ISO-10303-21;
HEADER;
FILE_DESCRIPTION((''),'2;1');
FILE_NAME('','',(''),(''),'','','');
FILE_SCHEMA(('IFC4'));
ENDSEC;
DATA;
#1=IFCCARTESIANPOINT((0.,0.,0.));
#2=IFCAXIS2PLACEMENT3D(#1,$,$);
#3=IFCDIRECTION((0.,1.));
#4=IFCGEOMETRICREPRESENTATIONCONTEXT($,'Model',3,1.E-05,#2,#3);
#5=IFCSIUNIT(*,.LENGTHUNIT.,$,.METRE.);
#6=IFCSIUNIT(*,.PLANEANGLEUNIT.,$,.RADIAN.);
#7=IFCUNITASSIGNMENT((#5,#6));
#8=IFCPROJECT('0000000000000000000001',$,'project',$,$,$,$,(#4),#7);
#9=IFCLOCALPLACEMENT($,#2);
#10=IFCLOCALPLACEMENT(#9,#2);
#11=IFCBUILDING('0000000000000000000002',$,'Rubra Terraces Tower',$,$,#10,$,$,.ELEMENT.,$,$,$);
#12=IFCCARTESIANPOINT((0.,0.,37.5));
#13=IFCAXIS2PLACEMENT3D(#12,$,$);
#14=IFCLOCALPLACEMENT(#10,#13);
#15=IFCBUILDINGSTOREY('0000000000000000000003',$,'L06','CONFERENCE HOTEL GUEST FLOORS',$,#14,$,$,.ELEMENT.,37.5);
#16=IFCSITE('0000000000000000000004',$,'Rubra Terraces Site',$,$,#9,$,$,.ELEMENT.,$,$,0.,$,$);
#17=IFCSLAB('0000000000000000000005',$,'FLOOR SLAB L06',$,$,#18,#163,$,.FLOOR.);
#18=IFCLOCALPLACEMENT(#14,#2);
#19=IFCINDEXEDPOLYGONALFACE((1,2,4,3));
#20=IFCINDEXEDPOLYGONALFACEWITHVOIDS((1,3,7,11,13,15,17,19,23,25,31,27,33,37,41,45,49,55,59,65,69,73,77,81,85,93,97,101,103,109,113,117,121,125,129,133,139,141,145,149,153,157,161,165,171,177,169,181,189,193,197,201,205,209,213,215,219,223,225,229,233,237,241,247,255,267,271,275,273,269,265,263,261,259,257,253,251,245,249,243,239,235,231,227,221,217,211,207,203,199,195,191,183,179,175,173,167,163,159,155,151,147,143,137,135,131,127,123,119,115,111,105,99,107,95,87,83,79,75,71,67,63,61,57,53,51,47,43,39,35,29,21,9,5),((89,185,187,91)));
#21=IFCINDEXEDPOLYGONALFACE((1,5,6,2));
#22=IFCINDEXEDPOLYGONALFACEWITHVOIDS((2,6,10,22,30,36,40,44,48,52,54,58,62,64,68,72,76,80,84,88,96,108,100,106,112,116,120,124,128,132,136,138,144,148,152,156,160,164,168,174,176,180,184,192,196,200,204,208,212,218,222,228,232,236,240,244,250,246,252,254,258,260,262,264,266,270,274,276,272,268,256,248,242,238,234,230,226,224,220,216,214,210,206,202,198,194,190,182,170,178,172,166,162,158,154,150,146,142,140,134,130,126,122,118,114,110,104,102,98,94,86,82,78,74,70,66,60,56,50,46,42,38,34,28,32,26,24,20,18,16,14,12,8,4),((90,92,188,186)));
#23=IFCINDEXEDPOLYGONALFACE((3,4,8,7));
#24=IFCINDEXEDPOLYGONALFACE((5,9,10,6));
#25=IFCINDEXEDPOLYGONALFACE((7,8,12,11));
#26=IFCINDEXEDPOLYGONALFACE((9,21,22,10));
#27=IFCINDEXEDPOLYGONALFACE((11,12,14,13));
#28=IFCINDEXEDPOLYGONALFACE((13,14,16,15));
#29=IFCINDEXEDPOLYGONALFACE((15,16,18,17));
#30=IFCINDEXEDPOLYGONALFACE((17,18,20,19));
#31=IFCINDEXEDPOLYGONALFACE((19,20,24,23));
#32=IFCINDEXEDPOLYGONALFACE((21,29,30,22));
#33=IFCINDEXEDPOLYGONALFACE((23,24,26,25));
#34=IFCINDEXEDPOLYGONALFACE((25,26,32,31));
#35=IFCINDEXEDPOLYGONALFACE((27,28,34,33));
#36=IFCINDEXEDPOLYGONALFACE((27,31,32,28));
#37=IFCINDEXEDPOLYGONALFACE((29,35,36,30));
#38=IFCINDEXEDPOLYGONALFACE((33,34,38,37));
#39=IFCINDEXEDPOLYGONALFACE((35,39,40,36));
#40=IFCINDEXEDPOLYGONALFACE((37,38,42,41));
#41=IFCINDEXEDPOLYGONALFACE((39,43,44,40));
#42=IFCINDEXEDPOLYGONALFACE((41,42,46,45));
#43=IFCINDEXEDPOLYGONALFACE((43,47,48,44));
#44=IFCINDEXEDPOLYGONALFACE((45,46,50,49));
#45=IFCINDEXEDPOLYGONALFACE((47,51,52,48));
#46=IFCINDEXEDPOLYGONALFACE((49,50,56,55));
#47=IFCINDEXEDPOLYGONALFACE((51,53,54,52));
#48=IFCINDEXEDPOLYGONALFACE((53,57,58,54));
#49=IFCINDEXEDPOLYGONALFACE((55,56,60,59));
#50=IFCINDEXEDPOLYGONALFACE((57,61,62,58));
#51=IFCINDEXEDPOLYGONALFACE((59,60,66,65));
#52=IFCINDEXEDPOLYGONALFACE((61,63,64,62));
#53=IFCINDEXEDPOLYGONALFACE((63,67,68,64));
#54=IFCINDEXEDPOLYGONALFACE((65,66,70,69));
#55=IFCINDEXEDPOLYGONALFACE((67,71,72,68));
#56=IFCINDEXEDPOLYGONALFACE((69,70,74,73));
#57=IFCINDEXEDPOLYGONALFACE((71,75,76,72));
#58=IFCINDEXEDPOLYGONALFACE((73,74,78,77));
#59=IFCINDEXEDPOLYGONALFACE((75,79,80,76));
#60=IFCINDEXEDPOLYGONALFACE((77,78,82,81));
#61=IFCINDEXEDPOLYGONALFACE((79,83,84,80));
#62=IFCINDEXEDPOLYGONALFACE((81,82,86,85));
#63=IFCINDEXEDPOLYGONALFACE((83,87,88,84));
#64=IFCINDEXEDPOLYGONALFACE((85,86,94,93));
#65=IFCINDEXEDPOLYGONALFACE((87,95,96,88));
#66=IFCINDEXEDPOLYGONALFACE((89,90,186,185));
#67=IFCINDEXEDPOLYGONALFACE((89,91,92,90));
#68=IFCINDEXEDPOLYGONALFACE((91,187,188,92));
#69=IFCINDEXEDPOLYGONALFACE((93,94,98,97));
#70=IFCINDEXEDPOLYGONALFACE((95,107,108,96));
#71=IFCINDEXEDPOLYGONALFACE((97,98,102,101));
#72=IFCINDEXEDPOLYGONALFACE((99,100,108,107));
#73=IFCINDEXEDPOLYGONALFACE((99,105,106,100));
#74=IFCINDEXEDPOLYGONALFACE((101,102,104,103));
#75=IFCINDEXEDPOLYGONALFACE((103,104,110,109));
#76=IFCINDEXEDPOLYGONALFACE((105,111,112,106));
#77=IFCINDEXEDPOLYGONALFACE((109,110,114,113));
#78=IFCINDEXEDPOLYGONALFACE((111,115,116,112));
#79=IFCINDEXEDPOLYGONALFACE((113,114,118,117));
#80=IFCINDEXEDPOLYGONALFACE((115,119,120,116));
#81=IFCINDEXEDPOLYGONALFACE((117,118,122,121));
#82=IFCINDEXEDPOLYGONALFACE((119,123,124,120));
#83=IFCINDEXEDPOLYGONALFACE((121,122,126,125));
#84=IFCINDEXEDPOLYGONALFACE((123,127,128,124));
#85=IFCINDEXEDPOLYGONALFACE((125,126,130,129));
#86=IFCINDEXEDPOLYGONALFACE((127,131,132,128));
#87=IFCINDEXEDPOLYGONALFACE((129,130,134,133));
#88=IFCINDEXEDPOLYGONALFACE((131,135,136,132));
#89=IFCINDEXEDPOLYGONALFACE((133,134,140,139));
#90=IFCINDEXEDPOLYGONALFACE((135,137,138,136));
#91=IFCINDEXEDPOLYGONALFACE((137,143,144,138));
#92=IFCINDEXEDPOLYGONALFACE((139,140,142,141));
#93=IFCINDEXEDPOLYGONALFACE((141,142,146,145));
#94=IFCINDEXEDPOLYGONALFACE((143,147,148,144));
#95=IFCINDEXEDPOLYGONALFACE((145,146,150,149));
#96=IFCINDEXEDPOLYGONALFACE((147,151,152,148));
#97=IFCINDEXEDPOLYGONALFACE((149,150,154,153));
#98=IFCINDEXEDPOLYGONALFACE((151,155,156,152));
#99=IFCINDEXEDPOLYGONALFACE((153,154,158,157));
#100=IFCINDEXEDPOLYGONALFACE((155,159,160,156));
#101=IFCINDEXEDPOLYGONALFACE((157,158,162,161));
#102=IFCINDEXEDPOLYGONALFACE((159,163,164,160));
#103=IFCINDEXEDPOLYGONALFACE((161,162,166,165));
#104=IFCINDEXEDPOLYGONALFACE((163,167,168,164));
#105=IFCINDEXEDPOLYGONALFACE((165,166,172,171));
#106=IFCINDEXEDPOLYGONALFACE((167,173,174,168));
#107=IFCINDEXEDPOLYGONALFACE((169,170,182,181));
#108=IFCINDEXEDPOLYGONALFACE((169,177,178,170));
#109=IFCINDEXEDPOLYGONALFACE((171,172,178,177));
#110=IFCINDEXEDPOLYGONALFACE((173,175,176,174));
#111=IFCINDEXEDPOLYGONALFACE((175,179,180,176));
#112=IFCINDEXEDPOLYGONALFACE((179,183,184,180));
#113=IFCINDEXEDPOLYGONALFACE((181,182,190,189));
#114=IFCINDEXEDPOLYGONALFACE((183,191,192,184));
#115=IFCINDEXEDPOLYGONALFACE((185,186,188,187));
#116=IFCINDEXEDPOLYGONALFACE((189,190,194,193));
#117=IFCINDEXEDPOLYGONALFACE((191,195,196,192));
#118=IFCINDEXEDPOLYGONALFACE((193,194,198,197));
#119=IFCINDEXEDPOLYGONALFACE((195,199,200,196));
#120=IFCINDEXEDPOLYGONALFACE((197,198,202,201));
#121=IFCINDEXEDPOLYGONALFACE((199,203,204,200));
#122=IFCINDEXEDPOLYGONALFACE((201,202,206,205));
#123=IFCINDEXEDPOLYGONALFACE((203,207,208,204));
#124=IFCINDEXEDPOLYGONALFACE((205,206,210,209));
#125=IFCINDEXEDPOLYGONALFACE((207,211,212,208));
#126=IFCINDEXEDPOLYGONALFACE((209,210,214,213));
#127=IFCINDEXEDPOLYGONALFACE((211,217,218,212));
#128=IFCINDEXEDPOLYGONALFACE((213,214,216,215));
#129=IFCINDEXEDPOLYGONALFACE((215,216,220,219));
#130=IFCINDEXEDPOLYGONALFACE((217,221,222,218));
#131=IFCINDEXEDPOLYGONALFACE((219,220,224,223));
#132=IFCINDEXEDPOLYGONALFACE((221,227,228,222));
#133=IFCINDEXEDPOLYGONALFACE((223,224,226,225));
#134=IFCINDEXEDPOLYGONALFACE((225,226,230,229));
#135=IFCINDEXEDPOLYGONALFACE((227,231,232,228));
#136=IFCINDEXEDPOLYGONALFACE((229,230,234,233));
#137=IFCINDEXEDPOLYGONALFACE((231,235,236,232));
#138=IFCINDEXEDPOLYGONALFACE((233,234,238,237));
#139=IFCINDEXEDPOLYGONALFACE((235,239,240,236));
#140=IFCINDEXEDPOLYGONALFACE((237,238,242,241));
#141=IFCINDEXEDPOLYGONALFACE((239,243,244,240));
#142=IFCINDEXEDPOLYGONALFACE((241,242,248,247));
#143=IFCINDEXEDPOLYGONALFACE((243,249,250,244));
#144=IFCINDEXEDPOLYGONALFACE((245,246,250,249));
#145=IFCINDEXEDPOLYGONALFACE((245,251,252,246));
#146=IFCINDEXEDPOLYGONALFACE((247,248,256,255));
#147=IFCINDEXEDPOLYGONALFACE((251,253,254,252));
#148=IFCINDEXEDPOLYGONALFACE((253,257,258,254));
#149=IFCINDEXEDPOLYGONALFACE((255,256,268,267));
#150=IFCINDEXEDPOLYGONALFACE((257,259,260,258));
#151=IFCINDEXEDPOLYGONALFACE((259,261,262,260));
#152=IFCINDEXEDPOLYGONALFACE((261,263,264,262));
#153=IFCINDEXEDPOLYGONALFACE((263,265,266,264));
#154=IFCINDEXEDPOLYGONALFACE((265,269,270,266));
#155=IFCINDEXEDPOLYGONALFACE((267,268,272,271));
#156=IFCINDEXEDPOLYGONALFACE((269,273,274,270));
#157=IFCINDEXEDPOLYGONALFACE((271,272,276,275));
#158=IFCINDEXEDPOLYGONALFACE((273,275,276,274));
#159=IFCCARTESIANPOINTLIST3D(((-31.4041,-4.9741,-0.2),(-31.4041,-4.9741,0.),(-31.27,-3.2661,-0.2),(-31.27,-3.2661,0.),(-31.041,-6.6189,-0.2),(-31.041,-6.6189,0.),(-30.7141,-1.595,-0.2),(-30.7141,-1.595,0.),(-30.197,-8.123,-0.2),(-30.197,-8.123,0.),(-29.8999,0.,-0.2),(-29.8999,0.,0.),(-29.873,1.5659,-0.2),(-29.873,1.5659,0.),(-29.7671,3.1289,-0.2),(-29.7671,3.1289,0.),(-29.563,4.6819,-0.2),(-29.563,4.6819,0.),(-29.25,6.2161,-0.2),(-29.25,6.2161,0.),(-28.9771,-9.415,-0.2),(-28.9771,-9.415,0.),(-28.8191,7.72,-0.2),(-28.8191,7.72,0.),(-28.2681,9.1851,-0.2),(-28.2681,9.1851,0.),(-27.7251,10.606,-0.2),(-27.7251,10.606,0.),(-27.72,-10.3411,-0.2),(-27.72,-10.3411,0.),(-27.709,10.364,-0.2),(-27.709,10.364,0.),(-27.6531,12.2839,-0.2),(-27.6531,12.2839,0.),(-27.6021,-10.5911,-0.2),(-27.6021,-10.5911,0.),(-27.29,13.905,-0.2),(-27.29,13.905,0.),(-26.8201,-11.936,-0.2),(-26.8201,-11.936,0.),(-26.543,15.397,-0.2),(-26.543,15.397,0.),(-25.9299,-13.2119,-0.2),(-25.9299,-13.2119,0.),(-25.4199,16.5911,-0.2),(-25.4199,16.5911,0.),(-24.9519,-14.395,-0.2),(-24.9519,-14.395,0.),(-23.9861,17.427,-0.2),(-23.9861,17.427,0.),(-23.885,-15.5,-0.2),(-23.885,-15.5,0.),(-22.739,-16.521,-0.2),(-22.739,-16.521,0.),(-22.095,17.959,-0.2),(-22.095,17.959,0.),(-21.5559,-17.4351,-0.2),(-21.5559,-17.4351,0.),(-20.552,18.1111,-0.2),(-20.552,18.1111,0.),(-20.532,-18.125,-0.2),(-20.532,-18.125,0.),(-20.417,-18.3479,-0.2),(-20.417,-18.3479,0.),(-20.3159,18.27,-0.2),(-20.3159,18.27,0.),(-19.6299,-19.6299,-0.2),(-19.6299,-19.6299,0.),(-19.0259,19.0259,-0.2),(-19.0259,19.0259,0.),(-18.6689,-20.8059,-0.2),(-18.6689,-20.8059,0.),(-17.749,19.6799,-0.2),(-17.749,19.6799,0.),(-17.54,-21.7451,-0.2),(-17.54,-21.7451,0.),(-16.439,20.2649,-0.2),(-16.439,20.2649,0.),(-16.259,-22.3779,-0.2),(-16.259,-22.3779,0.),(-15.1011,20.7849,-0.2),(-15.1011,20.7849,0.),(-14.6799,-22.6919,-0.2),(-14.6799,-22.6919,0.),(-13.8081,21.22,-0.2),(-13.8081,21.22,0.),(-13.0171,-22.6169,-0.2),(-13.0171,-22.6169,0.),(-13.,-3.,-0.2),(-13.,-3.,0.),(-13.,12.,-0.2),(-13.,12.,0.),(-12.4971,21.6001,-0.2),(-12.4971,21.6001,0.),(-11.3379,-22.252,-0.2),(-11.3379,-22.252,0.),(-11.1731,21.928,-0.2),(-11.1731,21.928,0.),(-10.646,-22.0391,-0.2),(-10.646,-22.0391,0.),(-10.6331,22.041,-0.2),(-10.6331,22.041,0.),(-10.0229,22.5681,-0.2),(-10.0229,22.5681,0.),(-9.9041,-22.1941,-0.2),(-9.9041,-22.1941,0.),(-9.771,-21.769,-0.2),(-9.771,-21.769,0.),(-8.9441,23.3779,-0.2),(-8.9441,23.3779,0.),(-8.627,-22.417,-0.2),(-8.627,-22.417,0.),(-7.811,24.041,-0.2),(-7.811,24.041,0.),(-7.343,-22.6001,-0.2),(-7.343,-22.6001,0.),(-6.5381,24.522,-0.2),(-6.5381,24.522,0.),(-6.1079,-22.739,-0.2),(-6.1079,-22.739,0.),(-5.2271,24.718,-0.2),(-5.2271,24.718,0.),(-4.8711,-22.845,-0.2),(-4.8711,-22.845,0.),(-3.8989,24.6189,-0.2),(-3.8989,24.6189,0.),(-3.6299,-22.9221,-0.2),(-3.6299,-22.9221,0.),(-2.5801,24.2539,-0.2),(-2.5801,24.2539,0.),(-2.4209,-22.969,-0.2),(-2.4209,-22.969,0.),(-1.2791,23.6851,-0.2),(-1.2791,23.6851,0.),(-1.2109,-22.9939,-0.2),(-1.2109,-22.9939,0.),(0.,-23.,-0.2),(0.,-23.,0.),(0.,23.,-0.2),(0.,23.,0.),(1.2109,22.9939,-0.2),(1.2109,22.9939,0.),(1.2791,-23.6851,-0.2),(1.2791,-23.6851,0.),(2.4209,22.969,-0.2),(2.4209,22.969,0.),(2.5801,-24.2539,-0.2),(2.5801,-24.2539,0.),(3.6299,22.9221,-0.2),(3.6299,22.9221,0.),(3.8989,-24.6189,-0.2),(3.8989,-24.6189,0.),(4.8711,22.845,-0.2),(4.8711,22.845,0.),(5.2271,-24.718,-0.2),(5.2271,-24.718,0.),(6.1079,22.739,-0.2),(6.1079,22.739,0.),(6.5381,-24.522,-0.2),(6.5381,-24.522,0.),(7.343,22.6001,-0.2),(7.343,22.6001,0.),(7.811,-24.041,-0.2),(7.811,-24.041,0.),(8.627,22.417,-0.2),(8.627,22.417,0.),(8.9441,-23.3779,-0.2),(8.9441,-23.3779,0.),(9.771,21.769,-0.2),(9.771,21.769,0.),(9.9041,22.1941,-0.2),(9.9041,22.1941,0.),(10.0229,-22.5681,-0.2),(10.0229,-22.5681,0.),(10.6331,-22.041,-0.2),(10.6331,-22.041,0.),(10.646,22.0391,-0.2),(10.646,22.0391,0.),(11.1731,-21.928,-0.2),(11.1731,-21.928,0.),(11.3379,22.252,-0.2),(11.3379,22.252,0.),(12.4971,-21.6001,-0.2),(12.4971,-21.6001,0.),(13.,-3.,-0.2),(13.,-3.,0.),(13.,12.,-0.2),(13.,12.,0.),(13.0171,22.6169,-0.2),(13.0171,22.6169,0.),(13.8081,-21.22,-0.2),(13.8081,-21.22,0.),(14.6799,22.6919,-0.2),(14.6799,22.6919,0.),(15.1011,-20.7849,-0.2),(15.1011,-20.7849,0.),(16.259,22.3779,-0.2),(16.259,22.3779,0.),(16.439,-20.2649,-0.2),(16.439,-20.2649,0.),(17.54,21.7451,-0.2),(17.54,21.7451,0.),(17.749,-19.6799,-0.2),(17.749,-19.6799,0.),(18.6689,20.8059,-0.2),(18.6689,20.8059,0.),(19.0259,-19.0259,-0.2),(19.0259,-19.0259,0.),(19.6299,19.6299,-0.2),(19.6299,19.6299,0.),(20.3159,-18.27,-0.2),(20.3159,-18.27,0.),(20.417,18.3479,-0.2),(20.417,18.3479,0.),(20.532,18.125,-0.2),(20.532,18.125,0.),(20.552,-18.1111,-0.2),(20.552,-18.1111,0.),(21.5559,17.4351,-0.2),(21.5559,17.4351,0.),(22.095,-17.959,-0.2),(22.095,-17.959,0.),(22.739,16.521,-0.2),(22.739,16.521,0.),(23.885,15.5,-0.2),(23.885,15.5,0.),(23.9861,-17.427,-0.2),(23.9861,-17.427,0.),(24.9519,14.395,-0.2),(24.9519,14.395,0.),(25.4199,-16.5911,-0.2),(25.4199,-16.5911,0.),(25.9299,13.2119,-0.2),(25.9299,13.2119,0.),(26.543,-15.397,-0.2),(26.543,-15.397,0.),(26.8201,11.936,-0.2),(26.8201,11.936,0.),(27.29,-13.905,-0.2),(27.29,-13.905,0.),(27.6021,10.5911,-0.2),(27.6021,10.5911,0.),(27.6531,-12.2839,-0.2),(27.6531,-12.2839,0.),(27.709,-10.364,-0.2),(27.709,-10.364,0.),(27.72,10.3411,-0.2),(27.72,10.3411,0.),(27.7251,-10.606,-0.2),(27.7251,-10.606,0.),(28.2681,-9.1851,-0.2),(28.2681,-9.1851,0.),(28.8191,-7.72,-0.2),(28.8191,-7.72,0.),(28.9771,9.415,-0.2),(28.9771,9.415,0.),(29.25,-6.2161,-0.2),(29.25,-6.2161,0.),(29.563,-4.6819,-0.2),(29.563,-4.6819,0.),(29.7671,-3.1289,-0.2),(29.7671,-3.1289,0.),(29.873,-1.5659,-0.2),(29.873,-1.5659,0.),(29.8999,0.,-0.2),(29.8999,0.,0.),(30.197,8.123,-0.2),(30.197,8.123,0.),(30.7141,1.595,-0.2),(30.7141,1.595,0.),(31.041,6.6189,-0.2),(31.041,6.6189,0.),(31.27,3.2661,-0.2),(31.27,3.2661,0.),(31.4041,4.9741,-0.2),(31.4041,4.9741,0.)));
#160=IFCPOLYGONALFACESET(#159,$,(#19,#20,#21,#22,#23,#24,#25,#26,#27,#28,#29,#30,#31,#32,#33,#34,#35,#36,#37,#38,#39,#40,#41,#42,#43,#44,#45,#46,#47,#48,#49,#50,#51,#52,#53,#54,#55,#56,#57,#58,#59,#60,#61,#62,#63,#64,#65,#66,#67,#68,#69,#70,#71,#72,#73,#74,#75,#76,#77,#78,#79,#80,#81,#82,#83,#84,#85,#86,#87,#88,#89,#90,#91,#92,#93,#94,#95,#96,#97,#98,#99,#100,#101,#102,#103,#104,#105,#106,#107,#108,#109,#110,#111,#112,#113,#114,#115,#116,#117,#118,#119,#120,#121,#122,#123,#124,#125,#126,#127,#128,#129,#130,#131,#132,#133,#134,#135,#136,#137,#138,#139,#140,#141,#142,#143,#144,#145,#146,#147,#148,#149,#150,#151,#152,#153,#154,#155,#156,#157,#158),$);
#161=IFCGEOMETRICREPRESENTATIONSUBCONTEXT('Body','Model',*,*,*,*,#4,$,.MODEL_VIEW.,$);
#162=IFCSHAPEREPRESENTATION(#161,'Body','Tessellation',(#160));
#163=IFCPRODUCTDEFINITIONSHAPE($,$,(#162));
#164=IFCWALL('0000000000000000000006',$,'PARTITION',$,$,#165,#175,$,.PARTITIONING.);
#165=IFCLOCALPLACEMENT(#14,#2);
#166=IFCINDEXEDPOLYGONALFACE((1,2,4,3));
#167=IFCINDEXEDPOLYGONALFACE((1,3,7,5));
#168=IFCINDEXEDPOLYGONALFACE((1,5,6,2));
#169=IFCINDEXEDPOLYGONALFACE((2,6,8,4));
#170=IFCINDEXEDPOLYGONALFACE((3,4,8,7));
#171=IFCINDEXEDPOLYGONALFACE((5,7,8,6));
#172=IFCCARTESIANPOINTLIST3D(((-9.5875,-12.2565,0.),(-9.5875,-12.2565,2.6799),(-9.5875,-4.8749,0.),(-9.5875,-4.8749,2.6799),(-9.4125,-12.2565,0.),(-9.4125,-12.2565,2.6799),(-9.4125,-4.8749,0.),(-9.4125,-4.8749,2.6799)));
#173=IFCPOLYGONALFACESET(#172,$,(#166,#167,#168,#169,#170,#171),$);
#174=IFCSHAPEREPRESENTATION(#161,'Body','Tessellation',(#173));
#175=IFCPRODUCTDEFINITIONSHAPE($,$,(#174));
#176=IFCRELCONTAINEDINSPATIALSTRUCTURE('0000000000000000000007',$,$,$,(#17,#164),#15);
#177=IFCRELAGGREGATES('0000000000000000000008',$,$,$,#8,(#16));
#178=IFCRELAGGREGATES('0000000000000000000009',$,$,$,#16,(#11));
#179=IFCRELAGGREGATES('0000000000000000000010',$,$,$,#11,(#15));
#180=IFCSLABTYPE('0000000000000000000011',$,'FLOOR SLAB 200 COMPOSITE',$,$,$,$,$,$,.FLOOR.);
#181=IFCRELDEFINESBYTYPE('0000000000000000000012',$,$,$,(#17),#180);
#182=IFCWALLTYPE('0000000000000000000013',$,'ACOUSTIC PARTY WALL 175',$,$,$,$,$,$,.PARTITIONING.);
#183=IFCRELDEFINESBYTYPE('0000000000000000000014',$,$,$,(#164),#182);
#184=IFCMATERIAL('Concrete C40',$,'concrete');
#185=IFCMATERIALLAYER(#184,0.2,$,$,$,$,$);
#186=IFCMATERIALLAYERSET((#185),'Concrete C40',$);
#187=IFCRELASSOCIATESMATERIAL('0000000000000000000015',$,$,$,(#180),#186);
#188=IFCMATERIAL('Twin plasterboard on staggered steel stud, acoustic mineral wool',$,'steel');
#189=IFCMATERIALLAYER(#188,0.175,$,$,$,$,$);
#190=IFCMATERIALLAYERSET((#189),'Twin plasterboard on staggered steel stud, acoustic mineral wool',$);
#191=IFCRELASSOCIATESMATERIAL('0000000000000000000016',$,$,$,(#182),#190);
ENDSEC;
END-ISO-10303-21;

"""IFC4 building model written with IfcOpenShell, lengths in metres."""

from ifc_helpers import new_model, si_unit, direction, frame, frame_2d, origin, place, context, subcontext, project, spatial, polyline, rectangle, outline, extrude, material, layer, layer_set, type_object, element, save


model = new_model("IFC4")

# Units and contexts
model_context = context("Model", 3, precision=1e-05, world=origin(), true_north=direction((0.0, 1.0)))
body_context = subcontext(model_context, "Body", "Model", "MODEL_VIEW")
ifc_project = project(units=[si_unit("LENGTHUNIT", "METRE"), si_unit("PLANEANGLEUNIT", "RADIAN")], contexts=[model_context])

# Site, building, storey
site_placement = place(None, origin())
site = spatial("IfcSite", under=ifc_project, at=site_placement, Name="Rubra Terraces Site", CompositionType="ELEMENT", RefElevation=0.0)
building_placement = place(site_placement, origin())
building = spatial("IfcBuilding", under=site, at=building_placement, Name="Rubra Terraces Tower", CompositionType="ELEMENT")
storey_placement = place(building_placement, frame((0.0, 0.0, 37.5)))
storey = spatial("IfcBuildingStorey", under=building, at=storey_placement, Name="L06", Description="CONFERENCE HOTEL GUEST FLOORS", CompositionType="ELEMENT", Elevation=37.5)

# Slab
ifc_material_1 = material(Name="Concrete C40", Category="concrete")
ifc_layer_1 = layer(ifc_material_1, 0.2)
ifc_layer_set_1 = layer_set([ifc_layer_1], Name="Concrete C40")
slab_type_1 = type_object("IfcSlabType", Name="FLOOR SLAB 200 COMPOSITE", PredefinedType="FLOOR", material=ifc_layer_set_1)
slab_1_placement = place(storey_placement, frame((0.0, 0.0, -0.2)))
element("IfcSlab", 1, at=slab_1_placement, inside=storey, type_object=slab_type_1, Name="FLOOR SLAB L06", PredefinedType="FLOOR", context=body_context, shape_type="SweptSolid", body=[
    extrude(outline(polyline([(20.3159, -18.27), (20.552, -18.1111), (22.095, -17.959), (23.9861, -17.427), (25.4199, -16.5911), (26.543, -15.397), (27.29, -13.905), (27.6531, -12.2839), (27.7251, -10.606), (27.709, -10.364), (28.2681, -9.1851), (28.8191, -7.72), (29.25, -6.2161), (29.563, -4.6819), (29.7671, -3.1289), (29.873, -1.5659), (29.8999, 0.0), (30.7141, 1.595), (31.27, 3.2661), (31.4041, 4.9741), (31.041, 6.6189), (30.197, 8.123), (28.9771, 9.415), (27.72, 10.3411), (27.6021, 10.5911), (26.8201, 11.936), (25.9299, 13.2119), (24.9519, 14.395), (23.885, 15.5), (22.739, 16.521), (21.5559, 17.4351), (20.532, 18.125), (20.417, 18.3479), (19.6299, 19.6299), (18.6689, 20.8059), (17.54, 21.7451), (16.259, 22.3779), (14.6799, 22.6919), (13.0171, 22.6169), (11.3379, 22.252), (9.771, 21.769), (10.646, 22.0391), (9.9041, 22.1941), (8.627, 22.417), (7.343, 22.6001), (6.1079, 22.739), (4.8711, 22.845), (3.6299, 22.9221), (2.4209, 22.969), (1.2109, 22.9939), (0.0, 23.0), (-1.2791, 23.6851), (-2.5801, 24.2539), (-3.8989, 24.6189), (-5.2271, 24.718), (-6.5381, 24.522), (-7.811, 24.041), (-8.9441, 23.3779), (-10.0229, 22.5681), (-10.6331, 22.041), (-11.1731, 21.928), (-12.4971, 21.6001), (-13.8081, 21.22), (-15.1011, 20.7849), (-16.439, 20.2649), (-17.749, 19.6799), (-19.0259, 19.0259), (-20.3159, 18.27), (-20.552, 18.1111), (-22.095, 17.959), (-23.9861, 17.427), (-25.4199, 16.5911), (-26.543, 15.397), (-27.29, 13.905), (-27.6531, 12.2839), (-27.7251, 10.606), (-27.709, 10.364), (-28.2681, 9.1851), (-28.8191, 7.72), (-29.25, 6.2161), (-29.563, 4.6819), (-29.7671, 3.1289), (-29.873, 1.5659), (-29.8999, 0.0), (-30.7141, -1.595), (-31.27, -3.2661), (-31.4041, -4.9741), (-31.041, -6.6189), (-30.197, -8.123), (-28.9771, -9.415), (-27.72, -10.3411), (-27.6021, -10.5911), (-26.8201, -11.936), (-25.9299, -13.2119), (-24.9519, -14.395), (-23.885, -15.5), (-22.739, -16.521), (-21.5559, -17.4351), (-20.532, -18.125), (-20.417, -18.3479), (-19.6299, -19.6299), (-18.6689, -20.8059), (-17.54, -21.7451), (-16.259, -22.3779), (-14.6799, -22.6919), (-13.0171, -22.6169), (-11.3379, -22.252), (-9.771, -21.769), (-10.646, -22.0391), (-9.9041, -22.1941), (-8.627, -22.417), (-7.343, -22.6001), (-6.1079, -22.739), (-4.8711, -22.845), (-3.6299, -22.9221), (-2.4209, -22.969), (-1.2109, -22.9939), (0.0, -23.0), (1.2791, -23.6851), (2.5801, -24.2539), (3.8989, -24.6189), (5.2271, -24.718), (6.5381, -24.522), (7.811, -24.041), (8.9441, -23.3779), (10.0229, -22.5681), (10.6331, -22.041), (11.1731, -21.928), (12.4971, -21.6001), (13.8081, -21.22), (15.1011, -20.7849), (16.439, -20.2649), (17.749, -19.6799), (19.0259, -19.0259), (20.3159, -18.27)]), holes=[polyline([(13.0, 12.0), (13.0, -3.0), (-13.0, -3.0), (-13.0, 12.0), (13.0, 12.0)])]), origin(), (0.0, 0.0, 1.0), 0.2),
])

# Wall
ifc_material_2 = material(Name="Twin plasterboard on staggered steel stud, acoustic mineral wool", Category="steel")
ifc_layer_2 = layer(ifc_material_2, 0.175)
ifc_layer_set_2 = layer_set([ifc_layer_2], Name="Twin plasterboard on staggered steel stud, acoustic mineral wool")
wall_type_1 = type_object("IfcWallType", Name="ACOUSTIC PARTY WALL 175", PredefinedType="PARTITIONING", material=ifc_layer_set_2)
wall_1_placement = place(storey_placement, frame((-9.5, -12.2566, 0.0), z_axis=(0.0, 0.0, 1.0), x_axis=(0.0, 1.0, 0.0)))
element("IfcWall", 2, at=wall_1_placement, inside=storey, type_object=wall_type_1, Name="PARTITION", PredefinedType="PARTITIONING", context=body_context, shape_type="SweptSolid", body=[
    extrude(rectangle(XDim=7.3816, YDim=0.175, at=frame_2d((3.6909, 0.0))), origin(), (0.0, 0.0, 1.0), 2.6799),
])

save(model, "model.ifc")
